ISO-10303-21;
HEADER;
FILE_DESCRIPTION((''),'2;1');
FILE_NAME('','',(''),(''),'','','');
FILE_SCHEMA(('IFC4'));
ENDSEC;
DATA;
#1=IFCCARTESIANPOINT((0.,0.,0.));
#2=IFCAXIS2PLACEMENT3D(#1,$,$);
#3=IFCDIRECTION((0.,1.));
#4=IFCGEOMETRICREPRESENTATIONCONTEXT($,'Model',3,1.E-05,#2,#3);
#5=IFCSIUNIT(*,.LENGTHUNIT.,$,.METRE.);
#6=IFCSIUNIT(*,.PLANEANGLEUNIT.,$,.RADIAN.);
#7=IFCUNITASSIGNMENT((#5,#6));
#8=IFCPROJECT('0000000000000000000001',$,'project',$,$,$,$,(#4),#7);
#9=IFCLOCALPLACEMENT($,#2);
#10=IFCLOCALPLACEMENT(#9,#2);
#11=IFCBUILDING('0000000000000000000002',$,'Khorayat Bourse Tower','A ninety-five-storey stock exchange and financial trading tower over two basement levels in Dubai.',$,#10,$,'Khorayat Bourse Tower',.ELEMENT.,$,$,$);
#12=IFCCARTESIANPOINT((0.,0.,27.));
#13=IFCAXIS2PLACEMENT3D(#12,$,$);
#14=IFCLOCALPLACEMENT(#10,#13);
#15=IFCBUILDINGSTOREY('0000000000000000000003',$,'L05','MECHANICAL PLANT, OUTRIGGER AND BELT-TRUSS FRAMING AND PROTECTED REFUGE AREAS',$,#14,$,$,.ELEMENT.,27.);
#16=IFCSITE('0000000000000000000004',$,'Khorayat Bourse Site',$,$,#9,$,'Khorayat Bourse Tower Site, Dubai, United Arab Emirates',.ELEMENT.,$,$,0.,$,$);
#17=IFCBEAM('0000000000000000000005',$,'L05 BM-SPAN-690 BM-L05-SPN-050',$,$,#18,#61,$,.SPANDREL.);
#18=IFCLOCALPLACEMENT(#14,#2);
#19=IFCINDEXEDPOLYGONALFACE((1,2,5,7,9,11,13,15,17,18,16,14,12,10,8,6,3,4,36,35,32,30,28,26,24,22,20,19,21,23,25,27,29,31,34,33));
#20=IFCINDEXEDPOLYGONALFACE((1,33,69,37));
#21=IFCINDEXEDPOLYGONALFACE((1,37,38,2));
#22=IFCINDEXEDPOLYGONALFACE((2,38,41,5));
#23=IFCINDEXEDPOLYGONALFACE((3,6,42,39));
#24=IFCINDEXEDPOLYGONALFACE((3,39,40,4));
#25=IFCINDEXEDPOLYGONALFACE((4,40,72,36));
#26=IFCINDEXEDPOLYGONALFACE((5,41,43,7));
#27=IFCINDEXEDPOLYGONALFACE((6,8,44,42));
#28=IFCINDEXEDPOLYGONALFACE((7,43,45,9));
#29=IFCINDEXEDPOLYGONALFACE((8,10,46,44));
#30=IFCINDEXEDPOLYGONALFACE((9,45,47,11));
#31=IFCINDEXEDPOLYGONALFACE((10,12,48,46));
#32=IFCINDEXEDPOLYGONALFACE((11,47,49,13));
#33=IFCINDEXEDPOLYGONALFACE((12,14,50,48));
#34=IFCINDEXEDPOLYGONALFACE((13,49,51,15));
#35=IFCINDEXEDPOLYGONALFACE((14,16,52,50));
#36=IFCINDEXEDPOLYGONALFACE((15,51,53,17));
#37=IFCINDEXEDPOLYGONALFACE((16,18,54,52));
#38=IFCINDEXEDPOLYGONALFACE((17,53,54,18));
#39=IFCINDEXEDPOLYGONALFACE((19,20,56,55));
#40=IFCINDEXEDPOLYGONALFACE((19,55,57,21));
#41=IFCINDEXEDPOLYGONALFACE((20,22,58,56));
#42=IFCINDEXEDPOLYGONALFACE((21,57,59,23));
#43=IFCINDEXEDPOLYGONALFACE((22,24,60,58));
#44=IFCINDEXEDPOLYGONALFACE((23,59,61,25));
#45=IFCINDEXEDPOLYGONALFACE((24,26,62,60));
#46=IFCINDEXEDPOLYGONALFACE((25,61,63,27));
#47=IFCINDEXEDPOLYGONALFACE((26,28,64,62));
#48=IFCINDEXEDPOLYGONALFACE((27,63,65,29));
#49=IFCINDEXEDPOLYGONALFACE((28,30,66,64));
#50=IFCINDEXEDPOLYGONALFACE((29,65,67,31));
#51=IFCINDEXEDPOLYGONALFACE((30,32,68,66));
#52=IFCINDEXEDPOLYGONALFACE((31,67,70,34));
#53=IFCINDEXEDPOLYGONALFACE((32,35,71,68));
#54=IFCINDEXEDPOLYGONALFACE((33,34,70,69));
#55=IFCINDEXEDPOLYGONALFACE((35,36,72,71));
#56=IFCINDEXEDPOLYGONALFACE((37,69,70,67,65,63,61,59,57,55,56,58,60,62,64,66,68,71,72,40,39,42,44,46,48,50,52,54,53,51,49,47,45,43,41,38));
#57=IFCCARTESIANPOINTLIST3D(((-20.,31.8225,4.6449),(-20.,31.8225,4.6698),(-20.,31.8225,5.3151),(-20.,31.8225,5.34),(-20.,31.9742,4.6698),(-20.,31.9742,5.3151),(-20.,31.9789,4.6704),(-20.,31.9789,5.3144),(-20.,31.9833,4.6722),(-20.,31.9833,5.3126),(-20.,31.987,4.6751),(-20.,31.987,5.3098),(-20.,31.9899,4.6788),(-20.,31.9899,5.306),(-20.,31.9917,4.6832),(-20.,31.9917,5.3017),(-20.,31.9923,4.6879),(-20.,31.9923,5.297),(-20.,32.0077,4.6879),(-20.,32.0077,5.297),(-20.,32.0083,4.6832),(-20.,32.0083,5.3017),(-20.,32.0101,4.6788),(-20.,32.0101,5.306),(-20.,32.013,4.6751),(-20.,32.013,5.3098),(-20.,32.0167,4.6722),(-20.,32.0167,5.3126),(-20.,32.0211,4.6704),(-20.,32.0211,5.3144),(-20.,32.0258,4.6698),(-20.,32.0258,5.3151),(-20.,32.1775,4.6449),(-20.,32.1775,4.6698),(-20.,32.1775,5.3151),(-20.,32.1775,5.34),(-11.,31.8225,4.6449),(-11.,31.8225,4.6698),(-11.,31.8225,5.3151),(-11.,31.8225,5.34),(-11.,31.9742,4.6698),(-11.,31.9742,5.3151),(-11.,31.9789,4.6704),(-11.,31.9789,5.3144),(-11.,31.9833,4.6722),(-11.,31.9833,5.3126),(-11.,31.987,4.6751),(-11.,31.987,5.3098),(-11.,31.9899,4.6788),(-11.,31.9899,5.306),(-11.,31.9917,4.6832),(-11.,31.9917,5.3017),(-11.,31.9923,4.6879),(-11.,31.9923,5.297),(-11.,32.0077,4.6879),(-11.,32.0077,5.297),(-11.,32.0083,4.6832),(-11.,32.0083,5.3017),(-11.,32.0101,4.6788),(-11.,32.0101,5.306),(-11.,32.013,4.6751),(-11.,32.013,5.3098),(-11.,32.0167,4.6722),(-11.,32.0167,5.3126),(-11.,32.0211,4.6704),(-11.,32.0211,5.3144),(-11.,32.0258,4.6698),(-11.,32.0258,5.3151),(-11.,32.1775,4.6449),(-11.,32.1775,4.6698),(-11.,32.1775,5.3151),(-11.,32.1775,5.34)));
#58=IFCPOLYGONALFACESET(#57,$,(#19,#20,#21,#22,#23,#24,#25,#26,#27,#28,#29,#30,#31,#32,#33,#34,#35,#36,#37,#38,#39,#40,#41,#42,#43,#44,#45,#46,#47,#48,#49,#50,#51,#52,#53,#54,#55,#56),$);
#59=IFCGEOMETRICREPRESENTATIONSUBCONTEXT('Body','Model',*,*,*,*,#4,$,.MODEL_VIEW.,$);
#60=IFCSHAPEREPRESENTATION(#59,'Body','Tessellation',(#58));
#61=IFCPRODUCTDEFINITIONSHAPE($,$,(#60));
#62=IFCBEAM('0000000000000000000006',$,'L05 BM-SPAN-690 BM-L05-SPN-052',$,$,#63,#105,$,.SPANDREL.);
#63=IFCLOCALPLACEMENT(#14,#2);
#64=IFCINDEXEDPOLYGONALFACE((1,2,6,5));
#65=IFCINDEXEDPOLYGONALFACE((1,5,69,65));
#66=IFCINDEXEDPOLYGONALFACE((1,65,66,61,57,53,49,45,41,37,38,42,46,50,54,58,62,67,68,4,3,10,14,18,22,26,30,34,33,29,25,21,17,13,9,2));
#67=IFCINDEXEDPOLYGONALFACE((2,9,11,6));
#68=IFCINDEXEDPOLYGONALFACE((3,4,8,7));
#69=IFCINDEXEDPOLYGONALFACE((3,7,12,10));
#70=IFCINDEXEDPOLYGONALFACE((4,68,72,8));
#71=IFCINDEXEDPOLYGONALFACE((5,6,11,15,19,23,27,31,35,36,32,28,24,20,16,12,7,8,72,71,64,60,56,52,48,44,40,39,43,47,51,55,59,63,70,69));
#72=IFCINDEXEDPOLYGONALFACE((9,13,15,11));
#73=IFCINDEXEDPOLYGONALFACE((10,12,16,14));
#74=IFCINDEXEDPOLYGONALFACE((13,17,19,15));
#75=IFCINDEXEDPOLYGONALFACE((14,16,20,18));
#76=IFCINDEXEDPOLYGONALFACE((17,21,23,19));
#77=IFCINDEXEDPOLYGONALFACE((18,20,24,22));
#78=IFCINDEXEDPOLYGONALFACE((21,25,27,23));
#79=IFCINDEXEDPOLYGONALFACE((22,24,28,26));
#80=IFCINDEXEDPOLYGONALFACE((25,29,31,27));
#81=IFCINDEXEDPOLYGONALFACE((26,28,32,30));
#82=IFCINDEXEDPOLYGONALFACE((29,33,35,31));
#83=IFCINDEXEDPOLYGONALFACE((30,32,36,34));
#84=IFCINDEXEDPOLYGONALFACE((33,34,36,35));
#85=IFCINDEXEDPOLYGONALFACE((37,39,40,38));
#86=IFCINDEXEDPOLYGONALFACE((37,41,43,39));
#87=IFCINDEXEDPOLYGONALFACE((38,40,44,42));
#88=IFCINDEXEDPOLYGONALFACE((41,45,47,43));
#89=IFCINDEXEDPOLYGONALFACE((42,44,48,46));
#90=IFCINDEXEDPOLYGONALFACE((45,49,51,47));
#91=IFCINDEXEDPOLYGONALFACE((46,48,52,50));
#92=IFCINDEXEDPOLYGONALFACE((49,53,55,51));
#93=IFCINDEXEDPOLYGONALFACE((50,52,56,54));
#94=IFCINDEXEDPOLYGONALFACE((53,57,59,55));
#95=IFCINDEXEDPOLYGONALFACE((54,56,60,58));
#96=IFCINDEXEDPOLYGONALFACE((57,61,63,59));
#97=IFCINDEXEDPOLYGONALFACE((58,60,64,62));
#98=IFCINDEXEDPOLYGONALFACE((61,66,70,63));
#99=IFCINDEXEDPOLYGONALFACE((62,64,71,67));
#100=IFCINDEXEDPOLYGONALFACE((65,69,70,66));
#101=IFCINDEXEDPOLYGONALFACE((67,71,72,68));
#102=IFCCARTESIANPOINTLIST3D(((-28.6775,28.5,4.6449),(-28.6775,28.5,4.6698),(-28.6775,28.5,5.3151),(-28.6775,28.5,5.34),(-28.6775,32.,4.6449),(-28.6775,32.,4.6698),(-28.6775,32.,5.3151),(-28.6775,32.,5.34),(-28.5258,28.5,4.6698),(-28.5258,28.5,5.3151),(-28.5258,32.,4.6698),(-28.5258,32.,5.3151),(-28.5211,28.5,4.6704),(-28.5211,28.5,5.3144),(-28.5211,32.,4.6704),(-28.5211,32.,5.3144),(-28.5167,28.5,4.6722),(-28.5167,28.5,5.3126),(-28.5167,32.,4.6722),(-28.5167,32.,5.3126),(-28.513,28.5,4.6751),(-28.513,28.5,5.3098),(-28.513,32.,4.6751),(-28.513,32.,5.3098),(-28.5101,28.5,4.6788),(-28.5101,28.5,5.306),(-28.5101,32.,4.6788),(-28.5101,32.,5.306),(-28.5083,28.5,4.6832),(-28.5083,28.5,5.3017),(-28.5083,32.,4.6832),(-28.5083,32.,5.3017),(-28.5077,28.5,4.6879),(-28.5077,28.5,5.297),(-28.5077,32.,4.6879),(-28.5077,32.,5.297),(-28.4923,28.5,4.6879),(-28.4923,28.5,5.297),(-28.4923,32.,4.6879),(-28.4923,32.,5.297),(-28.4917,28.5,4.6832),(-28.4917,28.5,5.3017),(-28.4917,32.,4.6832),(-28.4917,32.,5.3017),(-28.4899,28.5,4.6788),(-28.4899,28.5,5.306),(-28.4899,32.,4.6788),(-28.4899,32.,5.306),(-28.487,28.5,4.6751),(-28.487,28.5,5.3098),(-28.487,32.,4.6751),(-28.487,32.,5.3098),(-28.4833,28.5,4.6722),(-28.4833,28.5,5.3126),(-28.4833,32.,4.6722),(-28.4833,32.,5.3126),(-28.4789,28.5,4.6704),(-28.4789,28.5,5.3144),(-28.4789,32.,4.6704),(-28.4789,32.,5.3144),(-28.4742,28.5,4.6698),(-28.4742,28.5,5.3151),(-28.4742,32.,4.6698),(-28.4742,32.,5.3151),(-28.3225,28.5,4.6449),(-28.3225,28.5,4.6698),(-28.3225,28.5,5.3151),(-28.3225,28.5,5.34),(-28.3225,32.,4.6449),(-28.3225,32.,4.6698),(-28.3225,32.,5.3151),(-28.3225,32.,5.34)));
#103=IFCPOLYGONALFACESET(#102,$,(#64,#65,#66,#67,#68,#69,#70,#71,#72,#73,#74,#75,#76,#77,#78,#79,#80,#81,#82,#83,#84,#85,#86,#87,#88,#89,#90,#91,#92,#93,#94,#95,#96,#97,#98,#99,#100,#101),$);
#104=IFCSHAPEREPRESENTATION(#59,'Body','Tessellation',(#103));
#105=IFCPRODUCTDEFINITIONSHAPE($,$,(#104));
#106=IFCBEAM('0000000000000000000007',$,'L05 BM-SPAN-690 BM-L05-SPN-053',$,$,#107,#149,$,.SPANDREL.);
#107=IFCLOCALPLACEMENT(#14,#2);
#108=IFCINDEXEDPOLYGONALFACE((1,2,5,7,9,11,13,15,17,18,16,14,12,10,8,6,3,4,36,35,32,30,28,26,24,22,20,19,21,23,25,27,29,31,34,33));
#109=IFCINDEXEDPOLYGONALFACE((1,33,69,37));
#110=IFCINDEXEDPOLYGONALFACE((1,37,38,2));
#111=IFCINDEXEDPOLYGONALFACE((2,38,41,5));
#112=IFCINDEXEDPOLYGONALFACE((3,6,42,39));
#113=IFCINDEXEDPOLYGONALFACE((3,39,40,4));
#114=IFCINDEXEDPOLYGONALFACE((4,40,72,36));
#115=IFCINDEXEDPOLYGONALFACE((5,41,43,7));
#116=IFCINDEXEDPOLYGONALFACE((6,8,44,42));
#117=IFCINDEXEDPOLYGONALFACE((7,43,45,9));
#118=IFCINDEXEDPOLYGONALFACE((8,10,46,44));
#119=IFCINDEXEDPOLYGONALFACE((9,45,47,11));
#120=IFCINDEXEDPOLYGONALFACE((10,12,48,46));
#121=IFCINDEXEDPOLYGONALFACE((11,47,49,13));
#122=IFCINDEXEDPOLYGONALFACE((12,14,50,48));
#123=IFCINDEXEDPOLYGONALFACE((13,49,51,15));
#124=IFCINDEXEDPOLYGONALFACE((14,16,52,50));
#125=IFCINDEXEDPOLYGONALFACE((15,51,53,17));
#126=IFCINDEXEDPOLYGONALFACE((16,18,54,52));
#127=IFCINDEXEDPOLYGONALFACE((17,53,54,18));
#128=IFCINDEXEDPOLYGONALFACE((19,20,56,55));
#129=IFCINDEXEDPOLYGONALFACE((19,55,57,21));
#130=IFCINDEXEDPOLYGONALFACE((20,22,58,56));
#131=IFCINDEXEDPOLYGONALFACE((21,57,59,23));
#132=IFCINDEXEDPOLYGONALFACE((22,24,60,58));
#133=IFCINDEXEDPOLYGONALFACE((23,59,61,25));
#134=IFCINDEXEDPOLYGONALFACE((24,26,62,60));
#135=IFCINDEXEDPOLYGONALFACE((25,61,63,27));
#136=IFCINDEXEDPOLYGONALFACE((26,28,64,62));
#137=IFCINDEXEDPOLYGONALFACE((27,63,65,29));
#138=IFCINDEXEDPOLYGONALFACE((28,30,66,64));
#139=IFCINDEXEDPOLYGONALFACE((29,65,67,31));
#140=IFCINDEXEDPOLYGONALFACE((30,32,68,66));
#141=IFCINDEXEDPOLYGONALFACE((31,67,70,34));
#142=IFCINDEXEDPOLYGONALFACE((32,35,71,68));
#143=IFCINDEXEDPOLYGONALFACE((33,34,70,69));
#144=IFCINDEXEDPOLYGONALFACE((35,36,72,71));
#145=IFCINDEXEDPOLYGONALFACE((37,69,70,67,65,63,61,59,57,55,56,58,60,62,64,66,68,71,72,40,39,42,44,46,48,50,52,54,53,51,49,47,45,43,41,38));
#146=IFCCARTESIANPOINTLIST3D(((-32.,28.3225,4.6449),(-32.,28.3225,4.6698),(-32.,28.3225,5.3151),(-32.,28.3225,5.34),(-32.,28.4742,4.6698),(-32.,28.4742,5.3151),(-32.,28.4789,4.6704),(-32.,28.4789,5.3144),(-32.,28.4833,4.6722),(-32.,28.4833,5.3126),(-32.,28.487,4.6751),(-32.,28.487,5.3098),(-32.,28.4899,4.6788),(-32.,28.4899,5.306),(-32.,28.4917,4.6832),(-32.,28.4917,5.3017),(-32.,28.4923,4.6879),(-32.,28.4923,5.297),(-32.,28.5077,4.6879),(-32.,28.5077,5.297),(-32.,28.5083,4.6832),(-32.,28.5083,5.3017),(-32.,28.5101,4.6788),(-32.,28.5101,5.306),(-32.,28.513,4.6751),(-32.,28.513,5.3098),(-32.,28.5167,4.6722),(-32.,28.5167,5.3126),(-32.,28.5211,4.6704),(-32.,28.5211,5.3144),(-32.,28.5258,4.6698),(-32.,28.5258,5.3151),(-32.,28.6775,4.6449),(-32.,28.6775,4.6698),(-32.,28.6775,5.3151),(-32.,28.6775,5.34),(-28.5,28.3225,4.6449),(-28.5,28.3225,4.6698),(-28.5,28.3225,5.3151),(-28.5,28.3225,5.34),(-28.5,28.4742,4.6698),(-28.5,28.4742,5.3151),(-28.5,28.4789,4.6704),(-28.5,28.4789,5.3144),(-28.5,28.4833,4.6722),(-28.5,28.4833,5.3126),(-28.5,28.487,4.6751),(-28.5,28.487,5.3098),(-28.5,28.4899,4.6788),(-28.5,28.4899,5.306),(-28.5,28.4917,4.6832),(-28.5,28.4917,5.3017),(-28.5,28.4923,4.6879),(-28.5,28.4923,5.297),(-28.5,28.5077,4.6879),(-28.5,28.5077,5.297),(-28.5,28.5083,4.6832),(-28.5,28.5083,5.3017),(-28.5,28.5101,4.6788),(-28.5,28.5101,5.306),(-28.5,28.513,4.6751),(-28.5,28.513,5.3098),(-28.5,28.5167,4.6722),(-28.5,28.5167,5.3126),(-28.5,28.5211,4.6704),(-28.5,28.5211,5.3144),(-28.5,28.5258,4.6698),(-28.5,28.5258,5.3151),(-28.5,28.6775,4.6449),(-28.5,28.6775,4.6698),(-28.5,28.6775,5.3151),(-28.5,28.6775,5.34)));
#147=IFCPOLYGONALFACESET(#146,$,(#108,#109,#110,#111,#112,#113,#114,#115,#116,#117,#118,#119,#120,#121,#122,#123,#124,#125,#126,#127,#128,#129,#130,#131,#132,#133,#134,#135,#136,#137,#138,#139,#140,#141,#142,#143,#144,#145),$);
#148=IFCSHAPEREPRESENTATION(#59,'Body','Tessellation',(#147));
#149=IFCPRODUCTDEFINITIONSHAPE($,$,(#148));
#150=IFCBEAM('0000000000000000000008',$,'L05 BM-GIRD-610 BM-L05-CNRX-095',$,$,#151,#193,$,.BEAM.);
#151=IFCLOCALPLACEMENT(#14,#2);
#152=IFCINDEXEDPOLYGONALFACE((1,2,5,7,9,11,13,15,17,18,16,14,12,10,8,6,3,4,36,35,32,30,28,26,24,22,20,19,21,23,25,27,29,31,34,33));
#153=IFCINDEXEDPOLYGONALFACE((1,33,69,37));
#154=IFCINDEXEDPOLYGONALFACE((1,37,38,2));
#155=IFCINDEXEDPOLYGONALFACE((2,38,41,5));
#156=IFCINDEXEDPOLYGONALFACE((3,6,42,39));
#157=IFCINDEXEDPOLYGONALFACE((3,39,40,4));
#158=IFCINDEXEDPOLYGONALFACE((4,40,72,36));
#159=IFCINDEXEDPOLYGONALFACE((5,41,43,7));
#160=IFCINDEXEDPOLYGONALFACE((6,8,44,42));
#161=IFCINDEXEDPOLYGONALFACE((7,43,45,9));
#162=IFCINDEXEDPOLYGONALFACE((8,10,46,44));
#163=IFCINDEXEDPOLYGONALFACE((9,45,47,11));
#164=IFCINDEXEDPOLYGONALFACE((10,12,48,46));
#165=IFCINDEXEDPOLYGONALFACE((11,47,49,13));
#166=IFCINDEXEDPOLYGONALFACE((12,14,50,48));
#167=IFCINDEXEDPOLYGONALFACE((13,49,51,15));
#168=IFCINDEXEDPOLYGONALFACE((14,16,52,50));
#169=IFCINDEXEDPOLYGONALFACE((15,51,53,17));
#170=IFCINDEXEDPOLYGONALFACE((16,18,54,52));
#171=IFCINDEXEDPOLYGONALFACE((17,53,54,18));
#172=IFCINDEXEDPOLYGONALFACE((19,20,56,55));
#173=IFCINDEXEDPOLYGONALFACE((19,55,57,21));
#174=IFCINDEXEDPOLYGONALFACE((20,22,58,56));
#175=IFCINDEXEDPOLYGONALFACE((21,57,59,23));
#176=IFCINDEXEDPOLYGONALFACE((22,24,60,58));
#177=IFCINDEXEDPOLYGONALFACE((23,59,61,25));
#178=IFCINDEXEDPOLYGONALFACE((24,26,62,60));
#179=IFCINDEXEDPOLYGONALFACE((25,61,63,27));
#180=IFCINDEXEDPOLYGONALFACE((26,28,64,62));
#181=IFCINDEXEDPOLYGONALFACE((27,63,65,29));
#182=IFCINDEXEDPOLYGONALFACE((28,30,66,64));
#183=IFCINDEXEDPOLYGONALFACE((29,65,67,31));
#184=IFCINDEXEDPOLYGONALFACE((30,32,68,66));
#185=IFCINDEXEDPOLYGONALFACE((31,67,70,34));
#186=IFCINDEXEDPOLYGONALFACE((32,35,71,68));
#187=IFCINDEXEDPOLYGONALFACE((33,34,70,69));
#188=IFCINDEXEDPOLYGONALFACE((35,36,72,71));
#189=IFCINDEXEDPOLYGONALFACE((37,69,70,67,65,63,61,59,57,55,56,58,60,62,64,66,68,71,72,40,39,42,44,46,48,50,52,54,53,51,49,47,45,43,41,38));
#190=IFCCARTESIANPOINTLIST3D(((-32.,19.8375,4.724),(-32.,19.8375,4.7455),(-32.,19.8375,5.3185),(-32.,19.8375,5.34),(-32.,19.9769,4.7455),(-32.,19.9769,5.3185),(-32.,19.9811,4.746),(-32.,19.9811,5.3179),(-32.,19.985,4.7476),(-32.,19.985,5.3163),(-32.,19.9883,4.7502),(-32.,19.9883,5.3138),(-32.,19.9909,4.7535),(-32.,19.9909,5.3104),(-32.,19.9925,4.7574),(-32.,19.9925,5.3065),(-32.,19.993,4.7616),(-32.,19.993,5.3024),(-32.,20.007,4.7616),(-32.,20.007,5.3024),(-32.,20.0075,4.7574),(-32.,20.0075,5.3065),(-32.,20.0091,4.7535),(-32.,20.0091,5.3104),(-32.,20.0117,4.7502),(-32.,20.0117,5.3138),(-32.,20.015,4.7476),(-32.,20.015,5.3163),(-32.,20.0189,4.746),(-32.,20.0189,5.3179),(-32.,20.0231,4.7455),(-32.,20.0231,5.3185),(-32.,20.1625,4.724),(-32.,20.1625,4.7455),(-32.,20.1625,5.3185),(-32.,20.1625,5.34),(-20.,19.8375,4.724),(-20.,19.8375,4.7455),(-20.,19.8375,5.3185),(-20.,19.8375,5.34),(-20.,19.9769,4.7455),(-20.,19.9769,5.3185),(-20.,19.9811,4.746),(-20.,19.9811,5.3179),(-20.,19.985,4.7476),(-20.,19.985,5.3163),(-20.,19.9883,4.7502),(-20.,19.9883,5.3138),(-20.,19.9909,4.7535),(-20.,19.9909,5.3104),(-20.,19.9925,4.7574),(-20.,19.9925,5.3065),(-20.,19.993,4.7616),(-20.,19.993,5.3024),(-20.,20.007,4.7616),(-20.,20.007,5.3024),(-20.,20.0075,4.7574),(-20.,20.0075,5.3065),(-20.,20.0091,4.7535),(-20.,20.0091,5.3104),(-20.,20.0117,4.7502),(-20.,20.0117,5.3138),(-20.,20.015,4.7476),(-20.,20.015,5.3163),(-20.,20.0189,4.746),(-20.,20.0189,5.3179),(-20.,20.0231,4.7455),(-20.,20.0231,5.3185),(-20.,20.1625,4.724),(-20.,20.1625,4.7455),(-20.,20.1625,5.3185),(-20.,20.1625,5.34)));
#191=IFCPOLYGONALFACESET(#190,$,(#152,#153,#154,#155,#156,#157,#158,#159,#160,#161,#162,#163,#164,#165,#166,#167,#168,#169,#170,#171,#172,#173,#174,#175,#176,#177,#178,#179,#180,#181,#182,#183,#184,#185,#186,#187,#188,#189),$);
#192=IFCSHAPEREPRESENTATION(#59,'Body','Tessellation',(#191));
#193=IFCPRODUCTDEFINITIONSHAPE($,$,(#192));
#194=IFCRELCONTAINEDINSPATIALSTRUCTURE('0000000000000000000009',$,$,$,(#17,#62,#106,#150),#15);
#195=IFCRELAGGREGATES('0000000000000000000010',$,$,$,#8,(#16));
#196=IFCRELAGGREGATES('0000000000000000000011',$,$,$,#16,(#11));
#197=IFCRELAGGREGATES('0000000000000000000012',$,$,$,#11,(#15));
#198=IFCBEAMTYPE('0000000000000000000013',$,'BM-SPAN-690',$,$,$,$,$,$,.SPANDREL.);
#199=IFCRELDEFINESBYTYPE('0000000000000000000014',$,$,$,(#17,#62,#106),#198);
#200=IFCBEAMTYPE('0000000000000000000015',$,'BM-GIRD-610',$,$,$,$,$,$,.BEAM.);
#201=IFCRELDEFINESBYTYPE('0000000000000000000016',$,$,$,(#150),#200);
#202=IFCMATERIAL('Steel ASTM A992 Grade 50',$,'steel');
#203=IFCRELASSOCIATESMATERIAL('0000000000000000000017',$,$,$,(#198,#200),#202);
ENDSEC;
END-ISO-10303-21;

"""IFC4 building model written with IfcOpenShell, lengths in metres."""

from ifc_helpers import new_model, si_unit, direction, frame, origin, origin_2d, place, context, subcontext, project, spatial, i_section, extrude, source, transform, mapped, material, material_profile, profile_set, type_object, element, save


model = new_model("IFC4")

# Units and contexts
model_context = context("Model", 3, precision=1e-05, world=origin(), true_north=direction((0.0, 1.0)))
body_context = subcontext(model_context, "Body", "Model", "MODEL_VIEW")
ifc_project = project(units=[si_unit("LENGTHUNIT", "METRE"), si_unit("PLANEANGLEUNIT", "RADIAN")], contexts=[model_context])

# Site, building, storey
site_placement = place(None, origin())
site = spatial("IfcSite", under=ifc_project, at=site_placement, Name="Khorayat Bourse Site", LongName="Khorayat Bourse Tower Site, Dubai, United Arab Emirates", CompositionType="ELEMENT", RefElevation=0.0)
building_placement = place(site_placement, origin())
building = spatial("IfcBuilding", under=site, at=building_placement, Name="Khorayat Bourse Tower", Description="A ninety-five-storey stock exchange and financial trading tower over two basement levels in Dubai.", LongName="Khorayat Bourse Tower", CompositionType="ELEMENT")
storey_placement = place(building_placement, frame((0.0, 0.0, 27.0)))
storey = spatial("IfcBuildingStorey", under=building, at=storey_placement, Name="L05", Description="MECHANICAL PLANT, OUTRIGGER AND BELT-TRUSS FRAMING AND PROTECTED REFUGE AREAS", CompositionType="ELEMENT", Elevation=27.0)

# Beams
ifc_material_1 = material(Name="Steel ASTM A992 Grade 50", Category="steel")
ifc_material_profile_1 = material_profile(ifc_material_1, i_section(OverallWidth=0.355, OverallDepth=0.6951, WebThickness=0.0154, FlangeThickness=0.0249, FilletRadius=0.0181, at=origin_2d()), Name="W690X217")
ifc_profile_set_1 = profile_set([ifc_material_profile_1], Name="Steel ASTM A992 Grade 50")
beam_type_1 = type_object("IfcBeamType", Name="BM-SPAN-690", PredefinedType="SPANDREL", material=ifc_profile_set_1)
shared_shape_1 = source(origin(), body_context, "Body", "SweptSolid", [
    extrude(i_section(OverallWidth=0.355, OverallDepth=0.6951, WebThickness=0.0154, FlangeThickness=0.0249, FilletRadius=0.0181, at=origin_2d()), origin(), (0.0, 0.0, 1.0), 9.0),
])
beam_1_placement = place(storey_placement, frame((-20.0, 32.0, 4.9924), z_axis=(1.0, 0.0, 0.0), x_axis=(0.0, 1.0, 0.0)))
element("IfcBeam", 1, at=beam_1_placement, inside=storey, type_object=beam_type_1, Name="L05 BM-SPAN-690 BM-L05-SPN-050", PredefinedType="SPANDREL", context=body_context, shape_type="MappedRepresentation", body=[
    mapped(shared_shape_1, transform((0.0, 0.0, 0.0), scale=1.0)),
])
shared_shape_2 = source(origin(), body_context, "Body", "SweptSolid", [
    extrude(i_section(OverallWidth=0.355, OverallDepth=0.6951, WebThickness=0.0154, FlangeThickness=0.0249, FilletRadius=0.0181, at=origin_2d()), origin(), (0.0, 0.0, 1.0), 3.5),
])
for number, where, z_axis, x_axis, name in (
    (2, (-28.5, 28.5, 4.9924), (0.0, 1.0, 0.0), (-1.0, 0.0, 0.0), "L05 BM-SPAN-690 BM-L05-SPN-052"),
    (3, (-32.0, 28.5, 4.9924), (1.0, 0.0, 0.0), (0.0, 1.0, 0.0), "L05 BM-SPAN-690 BM-L05-SPN-053"),
):
    element("IfcBeam", number, at=place(storey_placement, frame(where, z_axis=z_axis, x_axis=x_axis)), inside=storey, type_object=beam_type_1, Name=name, PredefinedType="SPANDREL", context=body_context, shape_type="MappedRepresentation", body=[
        mapped(shared_shape_2, transform((0.0, 0.0, 0.0), scale=1.0)),
    ])
ifc_material_profile_2 = material_profile(ifc_material_1, i_section(OverallWidth=0.325, OverallDepth=0.616, WebThickness=0.0139, FlangeThickness=0.0215, FilletRadius=0.0161, at=origin_2d()), Name="W610X174")
ifc_profile_set_2 = profile_set([ifc_material_profile_2], Name="Steel ASTM A992 Grade 50")
beam_type_2 = type_object("IfcBeamType", Name="BM-GIRD-610", PredefinedType="BEAM", material=ifc_profile_set_2)
shared_shape_3 = source(origin(), body_context, "Body", "SweptSolid", [
    extrude(i_section(OverallWidth=0.325, OverallDepth=0.616, WebThickness=0.0139, FlangeThickness=0.0215, FilletRadius=0.0161, at=origin_2d()), origin(), (0.0, 0.0, 1.0), 12.0),
])
beam_2_placement = place(storey_placement, frame((-32.0, 20.0, 5.032), z_axis=(1.0, 0.0, 0.0), x_axis=(0.0, 1.0, 0.0)))
element("IfcBeam", 4, at=beam_2_placement, inside=storey, type_object=beam_type_2, Name="L05 BM-GIRD-610 BM-L05-CNRX-095", PredefinedType="BEAM", context=body_context, shape_type="MappedRepresentation", body=[
    mapped(shared_shape_3, transform((0.0, 0.0, 0.0), scale=1.0)),
])

save(model, "model.ifc")
